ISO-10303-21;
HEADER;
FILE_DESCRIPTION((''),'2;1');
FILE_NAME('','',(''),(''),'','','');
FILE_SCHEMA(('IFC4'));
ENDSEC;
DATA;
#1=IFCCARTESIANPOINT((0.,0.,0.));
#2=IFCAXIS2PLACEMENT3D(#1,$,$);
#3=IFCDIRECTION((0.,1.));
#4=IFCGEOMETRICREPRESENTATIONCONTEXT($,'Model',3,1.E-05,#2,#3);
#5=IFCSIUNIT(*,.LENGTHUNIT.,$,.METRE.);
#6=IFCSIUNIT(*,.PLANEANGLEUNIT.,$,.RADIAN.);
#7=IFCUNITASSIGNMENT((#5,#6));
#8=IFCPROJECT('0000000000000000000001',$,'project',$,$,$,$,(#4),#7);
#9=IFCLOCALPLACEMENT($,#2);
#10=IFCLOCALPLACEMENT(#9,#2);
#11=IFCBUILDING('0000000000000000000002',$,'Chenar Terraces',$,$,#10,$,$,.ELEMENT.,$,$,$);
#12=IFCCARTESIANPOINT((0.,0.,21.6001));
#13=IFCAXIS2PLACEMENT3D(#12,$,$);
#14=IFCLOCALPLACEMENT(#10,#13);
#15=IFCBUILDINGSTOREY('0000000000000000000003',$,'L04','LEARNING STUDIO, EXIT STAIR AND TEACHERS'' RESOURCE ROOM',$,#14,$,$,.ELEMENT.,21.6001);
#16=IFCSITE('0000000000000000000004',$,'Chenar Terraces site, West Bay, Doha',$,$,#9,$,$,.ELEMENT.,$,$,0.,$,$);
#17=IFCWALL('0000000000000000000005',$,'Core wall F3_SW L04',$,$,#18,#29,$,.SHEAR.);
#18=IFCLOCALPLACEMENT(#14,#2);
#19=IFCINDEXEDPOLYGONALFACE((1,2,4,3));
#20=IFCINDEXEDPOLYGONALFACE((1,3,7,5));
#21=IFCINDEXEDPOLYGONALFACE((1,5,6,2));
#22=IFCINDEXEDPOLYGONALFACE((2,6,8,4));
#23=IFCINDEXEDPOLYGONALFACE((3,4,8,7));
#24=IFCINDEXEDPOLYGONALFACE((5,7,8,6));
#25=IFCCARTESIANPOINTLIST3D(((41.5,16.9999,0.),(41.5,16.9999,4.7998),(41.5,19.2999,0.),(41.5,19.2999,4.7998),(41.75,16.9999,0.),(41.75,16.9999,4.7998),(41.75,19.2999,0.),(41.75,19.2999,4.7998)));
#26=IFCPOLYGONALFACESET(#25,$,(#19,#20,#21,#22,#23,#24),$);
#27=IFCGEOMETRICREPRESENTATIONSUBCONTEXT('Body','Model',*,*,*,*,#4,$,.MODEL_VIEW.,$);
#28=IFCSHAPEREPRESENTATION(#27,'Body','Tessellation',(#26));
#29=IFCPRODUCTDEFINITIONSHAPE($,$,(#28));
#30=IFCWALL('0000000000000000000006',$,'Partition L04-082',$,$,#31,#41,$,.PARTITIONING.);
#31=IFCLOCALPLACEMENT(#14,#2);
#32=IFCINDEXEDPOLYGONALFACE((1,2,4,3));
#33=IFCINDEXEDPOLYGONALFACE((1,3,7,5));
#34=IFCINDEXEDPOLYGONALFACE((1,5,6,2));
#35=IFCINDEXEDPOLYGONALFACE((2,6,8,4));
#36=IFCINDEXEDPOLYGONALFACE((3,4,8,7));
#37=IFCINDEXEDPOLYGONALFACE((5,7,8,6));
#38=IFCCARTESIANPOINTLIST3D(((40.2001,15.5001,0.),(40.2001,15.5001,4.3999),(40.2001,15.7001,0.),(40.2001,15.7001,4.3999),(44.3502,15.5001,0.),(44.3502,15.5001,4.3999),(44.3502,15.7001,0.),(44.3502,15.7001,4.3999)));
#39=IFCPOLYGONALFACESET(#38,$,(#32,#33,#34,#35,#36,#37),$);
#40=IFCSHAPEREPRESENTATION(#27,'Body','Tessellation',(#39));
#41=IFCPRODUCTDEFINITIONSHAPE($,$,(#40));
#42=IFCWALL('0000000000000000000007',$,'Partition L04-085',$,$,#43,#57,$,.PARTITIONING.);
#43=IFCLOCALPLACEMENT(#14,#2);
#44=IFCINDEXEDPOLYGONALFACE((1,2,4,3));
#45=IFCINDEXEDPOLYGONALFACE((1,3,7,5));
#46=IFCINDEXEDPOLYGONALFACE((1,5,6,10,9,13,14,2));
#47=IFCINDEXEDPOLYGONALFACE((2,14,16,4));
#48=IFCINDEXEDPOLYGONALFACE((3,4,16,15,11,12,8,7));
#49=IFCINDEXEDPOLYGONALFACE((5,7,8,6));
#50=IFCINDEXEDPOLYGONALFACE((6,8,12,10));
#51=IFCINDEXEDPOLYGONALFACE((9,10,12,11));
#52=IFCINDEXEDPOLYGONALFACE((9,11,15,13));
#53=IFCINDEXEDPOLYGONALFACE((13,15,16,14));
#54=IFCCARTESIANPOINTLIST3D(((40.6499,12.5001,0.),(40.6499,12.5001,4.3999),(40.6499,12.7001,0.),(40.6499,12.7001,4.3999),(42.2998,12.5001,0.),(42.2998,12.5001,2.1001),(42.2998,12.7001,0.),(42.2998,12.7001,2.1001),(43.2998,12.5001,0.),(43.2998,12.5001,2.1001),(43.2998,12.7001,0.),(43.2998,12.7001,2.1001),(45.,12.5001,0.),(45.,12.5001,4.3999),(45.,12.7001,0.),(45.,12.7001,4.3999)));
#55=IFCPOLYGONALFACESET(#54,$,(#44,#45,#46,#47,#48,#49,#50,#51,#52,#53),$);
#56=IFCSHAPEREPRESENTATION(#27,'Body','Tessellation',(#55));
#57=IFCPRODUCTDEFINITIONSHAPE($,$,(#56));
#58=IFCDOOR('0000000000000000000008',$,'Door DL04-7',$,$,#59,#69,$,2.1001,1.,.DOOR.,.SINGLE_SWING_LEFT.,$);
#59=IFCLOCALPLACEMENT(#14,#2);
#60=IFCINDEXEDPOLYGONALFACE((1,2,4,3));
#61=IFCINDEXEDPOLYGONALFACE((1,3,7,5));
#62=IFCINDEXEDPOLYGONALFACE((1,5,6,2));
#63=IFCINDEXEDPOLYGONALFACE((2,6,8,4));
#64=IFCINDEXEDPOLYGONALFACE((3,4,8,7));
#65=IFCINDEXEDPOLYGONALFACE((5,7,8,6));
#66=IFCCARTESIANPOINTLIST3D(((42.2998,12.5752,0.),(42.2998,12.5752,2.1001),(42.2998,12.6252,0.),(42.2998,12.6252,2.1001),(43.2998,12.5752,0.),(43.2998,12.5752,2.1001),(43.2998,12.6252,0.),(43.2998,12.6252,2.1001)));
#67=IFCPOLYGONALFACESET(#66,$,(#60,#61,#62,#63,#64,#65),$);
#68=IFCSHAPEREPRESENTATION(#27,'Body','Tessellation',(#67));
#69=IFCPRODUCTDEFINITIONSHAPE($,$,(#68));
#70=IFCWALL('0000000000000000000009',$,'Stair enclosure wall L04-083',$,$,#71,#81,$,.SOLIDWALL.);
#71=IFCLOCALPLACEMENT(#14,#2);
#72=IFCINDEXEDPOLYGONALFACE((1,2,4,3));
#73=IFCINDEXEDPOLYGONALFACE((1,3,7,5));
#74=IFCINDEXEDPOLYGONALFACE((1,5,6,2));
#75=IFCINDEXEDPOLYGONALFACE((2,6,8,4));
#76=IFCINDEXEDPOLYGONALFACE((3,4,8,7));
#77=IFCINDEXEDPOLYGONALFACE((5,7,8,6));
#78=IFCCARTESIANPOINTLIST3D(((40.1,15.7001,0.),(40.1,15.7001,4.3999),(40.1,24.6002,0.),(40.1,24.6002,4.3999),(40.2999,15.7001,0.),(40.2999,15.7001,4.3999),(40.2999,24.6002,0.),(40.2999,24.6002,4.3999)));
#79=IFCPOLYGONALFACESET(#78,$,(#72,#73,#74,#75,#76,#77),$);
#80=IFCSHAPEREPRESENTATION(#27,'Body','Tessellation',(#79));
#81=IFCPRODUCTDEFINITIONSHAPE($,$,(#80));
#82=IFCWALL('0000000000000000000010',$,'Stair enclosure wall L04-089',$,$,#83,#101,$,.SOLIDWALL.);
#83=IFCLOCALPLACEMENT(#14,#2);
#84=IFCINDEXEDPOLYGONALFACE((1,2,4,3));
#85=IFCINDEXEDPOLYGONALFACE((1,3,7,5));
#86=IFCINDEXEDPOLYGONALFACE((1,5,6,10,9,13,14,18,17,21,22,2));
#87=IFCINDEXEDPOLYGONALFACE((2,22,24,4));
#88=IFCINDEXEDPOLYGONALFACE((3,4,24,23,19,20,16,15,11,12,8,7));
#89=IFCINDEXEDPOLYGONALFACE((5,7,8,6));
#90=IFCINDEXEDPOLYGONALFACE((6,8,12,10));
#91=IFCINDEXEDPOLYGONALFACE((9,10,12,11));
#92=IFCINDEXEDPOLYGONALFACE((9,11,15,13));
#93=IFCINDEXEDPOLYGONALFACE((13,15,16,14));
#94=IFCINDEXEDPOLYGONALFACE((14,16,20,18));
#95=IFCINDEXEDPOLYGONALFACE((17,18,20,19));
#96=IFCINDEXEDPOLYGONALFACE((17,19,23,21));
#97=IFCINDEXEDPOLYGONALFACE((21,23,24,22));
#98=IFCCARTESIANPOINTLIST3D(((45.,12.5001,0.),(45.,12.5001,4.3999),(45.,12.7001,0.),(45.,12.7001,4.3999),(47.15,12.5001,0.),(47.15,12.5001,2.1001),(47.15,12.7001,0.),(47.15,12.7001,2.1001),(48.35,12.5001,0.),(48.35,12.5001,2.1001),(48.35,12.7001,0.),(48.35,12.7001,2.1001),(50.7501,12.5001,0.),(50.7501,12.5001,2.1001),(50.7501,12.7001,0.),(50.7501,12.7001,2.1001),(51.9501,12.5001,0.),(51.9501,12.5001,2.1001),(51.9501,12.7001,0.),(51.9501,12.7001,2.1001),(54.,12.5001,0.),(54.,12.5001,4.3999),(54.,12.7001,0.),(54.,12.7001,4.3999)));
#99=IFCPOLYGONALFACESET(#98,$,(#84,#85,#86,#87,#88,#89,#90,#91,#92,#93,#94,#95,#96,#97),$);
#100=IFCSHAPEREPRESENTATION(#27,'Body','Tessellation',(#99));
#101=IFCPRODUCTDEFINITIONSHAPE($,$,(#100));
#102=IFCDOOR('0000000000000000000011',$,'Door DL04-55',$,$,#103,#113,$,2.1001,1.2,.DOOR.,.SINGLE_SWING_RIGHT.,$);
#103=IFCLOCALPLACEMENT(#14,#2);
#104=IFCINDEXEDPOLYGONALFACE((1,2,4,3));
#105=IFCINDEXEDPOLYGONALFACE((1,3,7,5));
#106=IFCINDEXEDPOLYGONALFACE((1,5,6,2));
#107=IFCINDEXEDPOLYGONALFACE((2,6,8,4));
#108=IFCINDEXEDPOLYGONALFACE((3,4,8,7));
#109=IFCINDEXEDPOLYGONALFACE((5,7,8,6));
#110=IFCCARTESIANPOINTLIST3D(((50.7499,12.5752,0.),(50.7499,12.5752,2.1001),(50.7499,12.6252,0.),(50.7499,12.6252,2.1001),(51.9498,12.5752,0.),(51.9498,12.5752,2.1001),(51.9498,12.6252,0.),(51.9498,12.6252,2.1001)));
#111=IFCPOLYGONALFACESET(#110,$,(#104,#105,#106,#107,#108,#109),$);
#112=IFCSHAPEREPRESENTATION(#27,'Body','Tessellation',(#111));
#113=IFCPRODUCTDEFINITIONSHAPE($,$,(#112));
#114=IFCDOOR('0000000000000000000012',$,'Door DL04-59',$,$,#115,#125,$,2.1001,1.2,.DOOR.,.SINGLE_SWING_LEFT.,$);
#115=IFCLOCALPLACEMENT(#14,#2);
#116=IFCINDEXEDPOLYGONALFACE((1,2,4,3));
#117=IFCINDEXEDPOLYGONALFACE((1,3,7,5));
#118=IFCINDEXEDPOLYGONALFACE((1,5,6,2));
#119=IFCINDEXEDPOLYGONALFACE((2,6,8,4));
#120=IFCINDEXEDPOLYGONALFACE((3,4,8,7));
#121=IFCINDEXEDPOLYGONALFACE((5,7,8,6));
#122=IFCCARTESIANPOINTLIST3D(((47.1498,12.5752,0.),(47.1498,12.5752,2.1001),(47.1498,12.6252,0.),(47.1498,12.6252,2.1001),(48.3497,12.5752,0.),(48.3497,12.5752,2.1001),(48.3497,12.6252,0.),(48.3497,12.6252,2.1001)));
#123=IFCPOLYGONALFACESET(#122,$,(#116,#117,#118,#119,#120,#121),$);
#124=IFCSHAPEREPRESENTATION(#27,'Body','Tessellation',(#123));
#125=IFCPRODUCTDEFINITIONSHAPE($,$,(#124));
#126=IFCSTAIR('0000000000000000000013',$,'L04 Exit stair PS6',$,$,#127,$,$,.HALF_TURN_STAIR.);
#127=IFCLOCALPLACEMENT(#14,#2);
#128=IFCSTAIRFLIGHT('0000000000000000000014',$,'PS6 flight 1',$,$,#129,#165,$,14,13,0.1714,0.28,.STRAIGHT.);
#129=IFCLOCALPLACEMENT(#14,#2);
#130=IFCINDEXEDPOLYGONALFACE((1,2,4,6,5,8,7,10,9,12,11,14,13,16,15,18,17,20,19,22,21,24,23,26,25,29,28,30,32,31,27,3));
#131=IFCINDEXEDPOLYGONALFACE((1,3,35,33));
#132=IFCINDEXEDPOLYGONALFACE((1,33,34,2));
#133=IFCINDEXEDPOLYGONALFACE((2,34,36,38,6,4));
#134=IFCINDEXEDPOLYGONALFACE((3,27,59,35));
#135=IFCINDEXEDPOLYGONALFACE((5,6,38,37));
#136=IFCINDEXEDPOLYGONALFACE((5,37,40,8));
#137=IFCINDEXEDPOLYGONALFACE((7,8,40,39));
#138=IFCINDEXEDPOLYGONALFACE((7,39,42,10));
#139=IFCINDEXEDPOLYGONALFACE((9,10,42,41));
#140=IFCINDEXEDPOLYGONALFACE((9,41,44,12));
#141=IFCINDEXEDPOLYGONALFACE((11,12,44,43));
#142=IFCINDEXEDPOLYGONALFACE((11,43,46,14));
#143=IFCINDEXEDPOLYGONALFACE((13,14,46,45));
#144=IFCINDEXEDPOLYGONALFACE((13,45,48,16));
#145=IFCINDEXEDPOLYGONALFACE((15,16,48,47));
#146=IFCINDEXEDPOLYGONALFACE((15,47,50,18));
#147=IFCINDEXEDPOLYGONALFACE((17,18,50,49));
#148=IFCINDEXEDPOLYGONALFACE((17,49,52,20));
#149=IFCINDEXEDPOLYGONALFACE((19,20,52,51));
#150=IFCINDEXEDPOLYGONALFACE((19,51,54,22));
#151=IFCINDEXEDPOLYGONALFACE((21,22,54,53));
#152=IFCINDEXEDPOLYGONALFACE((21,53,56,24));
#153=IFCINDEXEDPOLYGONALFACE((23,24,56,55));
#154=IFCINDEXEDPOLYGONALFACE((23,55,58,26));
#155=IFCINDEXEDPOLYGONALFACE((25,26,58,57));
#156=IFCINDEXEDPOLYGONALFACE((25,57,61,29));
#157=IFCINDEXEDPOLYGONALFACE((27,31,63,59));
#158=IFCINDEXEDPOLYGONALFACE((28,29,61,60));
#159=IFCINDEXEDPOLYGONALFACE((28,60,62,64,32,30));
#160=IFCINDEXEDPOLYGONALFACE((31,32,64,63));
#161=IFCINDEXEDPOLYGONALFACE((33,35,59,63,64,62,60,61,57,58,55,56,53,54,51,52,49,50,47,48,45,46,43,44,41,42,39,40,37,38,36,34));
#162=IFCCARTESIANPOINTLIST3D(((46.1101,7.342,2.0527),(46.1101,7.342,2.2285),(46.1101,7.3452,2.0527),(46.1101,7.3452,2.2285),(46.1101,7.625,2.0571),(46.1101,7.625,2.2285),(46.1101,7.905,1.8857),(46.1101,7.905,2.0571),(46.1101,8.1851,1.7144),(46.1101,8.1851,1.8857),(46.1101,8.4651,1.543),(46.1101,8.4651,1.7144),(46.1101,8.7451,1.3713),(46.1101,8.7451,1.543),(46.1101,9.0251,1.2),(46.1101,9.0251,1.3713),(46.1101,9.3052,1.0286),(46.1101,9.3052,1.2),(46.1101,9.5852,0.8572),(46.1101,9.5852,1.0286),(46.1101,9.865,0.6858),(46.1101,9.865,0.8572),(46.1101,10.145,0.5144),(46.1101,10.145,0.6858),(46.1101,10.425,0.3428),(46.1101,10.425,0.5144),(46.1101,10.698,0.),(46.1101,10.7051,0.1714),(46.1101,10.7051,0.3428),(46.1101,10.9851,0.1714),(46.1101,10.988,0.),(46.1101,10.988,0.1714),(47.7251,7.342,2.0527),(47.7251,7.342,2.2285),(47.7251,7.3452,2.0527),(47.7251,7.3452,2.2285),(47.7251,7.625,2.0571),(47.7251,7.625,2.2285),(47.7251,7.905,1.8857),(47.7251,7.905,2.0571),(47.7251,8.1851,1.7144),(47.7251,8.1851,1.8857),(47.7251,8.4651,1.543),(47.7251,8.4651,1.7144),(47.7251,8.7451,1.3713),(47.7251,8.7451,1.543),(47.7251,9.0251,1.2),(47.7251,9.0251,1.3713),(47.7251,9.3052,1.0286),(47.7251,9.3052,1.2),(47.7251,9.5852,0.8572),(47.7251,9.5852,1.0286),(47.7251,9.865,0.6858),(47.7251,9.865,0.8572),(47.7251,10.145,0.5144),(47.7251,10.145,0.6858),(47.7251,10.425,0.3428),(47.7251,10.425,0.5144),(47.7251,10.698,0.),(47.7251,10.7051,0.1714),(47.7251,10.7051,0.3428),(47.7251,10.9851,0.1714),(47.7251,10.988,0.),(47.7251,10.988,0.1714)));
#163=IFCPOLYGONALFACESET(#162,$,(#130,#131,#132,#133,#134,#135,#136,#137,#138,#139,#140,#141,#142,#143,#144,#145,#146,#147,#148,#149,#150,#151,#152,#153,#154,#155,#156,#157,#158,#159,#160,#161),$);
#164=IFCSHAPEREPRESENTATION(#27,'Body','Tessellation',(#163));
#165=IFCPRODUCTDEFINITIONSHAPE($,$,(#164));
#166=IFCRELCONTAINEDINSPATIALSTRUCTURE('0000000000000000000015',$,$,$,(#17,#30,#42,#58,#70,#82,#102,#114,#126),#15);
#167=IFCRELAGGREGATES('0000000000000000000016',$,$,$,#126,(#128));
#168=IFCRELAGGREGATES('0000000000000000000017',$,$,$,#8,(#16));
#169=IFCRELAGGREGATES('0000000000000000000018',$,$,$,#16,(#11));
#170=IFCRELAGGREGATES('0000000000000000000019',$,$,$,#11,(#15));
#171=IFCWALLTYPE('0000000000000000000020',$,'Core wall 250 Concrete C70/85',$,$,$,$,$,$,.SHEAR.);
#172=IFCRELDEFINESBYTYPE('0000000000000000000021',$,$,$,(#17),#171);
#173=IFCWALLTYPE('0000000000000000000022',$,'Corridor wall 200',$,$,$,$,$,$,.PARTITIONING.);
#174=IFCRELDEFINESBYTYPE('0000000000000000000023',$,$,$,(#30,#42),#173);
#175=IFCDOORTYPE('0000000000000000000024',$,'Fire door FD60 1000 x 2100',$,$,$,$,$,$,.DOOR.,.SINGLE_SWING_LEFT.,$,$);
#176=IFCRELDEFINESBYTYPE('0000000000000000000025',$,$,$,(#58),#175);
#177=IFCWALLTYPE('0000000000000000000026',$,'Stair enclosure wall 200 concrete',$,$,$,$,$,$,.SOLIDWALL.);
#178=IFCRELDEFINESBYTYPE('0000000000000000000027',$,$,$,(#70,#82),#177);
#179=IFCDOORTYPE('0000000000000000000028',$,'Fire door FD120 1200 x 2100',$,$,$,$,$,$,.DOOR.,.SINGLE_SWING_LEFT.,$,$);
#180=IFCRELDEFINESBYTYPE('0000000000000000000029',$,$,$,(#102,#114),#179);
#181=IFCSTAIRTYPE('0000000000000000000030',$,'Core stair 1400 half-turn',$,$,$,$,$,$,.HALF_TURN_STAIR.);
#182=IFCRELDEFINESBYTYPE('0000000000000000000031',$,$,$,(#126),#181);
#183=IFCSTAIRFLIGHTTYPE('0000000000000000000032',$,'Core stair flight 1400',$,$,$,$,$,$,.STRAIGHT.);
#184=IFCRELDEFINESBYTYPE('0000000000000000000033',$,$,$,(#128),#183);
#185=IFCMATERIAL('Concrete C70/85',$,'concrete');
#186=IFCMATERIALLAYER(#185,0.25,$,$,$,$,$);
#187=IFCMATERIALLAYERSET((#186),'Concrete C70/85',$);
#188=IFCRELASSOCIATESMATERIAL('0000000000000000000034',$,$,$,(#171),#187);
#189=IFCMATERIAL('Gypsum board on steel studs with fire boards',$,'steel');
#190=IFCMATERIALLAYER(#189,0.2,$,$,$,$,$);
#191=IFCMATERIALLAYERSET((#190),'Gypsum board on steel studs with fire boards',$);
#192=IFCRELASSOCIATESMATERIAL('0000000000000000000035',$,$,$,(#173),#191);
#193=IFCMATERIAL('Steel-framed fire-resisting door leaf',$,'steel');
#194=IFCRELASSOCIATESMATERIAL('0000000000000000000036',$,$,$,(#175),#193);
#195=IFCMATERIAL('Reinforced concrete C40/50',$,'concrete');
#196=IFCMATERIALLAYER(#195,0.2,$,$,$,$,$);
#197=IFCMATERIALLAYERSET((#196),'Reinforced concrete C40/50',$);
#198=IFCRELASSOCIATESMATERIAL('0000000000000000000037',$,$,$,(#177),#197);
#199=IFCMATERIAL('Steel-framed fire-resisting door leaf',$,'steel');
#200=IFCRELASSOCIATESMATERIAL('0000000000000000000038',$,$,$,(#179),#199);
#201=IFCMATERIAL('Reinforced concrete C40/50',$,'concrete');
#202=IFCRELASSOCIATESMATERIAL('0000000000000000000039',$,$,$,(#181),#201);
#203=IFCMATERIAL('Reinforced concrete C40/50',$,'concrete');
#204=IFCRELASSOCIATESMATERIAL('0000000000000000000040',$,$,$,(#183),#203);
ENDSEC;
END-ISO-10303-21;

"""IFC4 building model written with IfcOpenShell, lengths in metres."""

from ifc_helpers import new_model, si_unit, direction, frame, frame_2d, origin, place, context, subcontext, project, spatial, polyline, rectangle, outline, extrude, material, layer, layer_set, type_object, element, fill, aggregate, save


model = new_model("IFC4")

# Units and contexts
model_context = context("Model", 3, precision=1e-05, world=origin(), true_north=direction((0.0, 1.0)))
body_context = subcontext(model_context, "Body", "Model", "MODEL_VIEW")
ifc_project = project(units=[si_unit("LENGTHUNIT", "METRE"), si_unit("PLANEANGLEUNIT", "RADIAN")], contexts=[model_context])

# Site, building, storey
site_placement = place(None, origin())
site = spatial("IfcSite", under=ifc_project, at=site_placement, Name="Chenar Terraces site, West Bay, Doha", CompositionType="ELEMENT", RefElevation=0.0)
building_placement = place(site_placement, origin())
building = spatial("IfcBuilding", under=site, at=building_placement, Name="Chenar Terraces", CompositionType="ELEMENT")
storey_placement = place(building_placement, frame((0.0, 0.0, 21.6001)))
storey = spatial("IfcBuildingStorey", under=building, at=storey_placement, Name="L04", Description="LEARNING STUDIO, EXIT STAIR AND TEACHERS' RESOURCE ROOM", CompositionType="ELEMENT", Elevation=21.6001)

# Shared definitions
ifc_material_1 = material(Name="Concrete C70/85", Category="concrete")
ifc_layer_1 = layer(ifc_material_1, 0.25)
ifc_layer_set_1 = layer_set([ifc_layer_1], Name="Concrete C70/85")
wall_type_1 = type_object("IfcWallType", Name="Core wall 250 Concrete C70/85", PredefinedType="SHEAR", material=ifc_layer_set_1)

# Walls
wall_1_placement = place(storey_placement, frame((41.625, 17.0, 0.0), z_axis=(0.0, 0.0, 1.0), x_axis=(0.0, 1.0, 0.0)))
element("IfcWall", 1, at=wall_1_placement, inside=storey, type_object=wall_type_1, Name="Core wall F3_SW L04", PredefinedType="SHEAR", context=body_context, shape_type="SweptSolid", body=[
    extrude(rectangle(XDim=2.3, YDim=0.25, at=frame_2d((1.1499, 0.0))), origin(), (0.0, 0.0, 1.0), 4.7998),
])
ifc_material_2 = material(Name="Gypsum board on steel studs with fire boards", Category="steel")
ifc_layer_2 = layer(ifc_material_2, 0.2)
ifc_layer_set_2 = layer_set([ifc_layer_2], Name="Gypsum board on steel studs with fire boards")
wall_type_2 = type_object("IfcWallType", Name="Corridor wall 200", PredefinedType="PARTITIONING", material=ifc_layer_set_2)
wall_2_placement = place(storey_placement, frame((40.2, 15.6001, 0.0), z_axis=(0.0, 0.0, 1.0), x_axis=(1.0, 0.0, 0.0)))
element("IfcWall", 2, at=wall_2_placement, inside=storey, type_object=wall_type_2, Name="Partition L04-082", PredefinedType="PARTITIONING", context=body_context, shape_type="SweptSolid", body=[
    extrude(rectangle(XDim=4.1501, YDim=0.2, at=frame_2d((2.0752, 0.0))), origin(), (0.0, 0.0, 1.0), 4.3999),
])

# Wall, opening, door
wall_3_placement = place(storey_placement, frame((40.6499, 12.6001, 0.0), z_axis=(0.0, 0.0, 1.0), x_axis=(1.0, 0.0, 0.0)))
wall_3 = element("IfcWall", 3, at=wall_3_placement, inside=storey, type_object=wall_type_2, Name="Partition L04-085", PredefinedType="PARTITIONING", context=body_context, shape_type="SweptSolid", body=[
    extrude(rectangle(XDim=4.3501, YDim=0.2, at=frame_2d((2.175, 0.0))), origin(), (0.0, 0.0, 1.0), 4.3999),
])
opening_1_placement = place(wall_3_placement, frame((1.6499, 0.0, 0.0)))
opening_1 = element("IfcOpeningElement", 4, at=opening_1_placement, cuts=wall_3, PredefinedType="OPENING", context=body_context, shape_type="SweptSolid", body=[
    extrude(rectangle(XDim=1.0, YDim=2.1001, at=frame_2d((0.5, 1.05))), frame((0.0, 0.1099, 0.0), z_axis=(0.0, -1.0, 0.0), x_axis=(1.0, 0.0, 0.0)), (0.0, 0.0, 1.0), 0.22),
])
ifc_material_3 = material(Name="Steel-framed fire-resisting door leaf", Category="steel")
door_type_1 = type_object("IfcDoorType", Name="Fire door FD60 1000 x 2100", OperationType="SINGLE_SWING_LEFT", PredefinedType="DOOR", material=ifc_material_3)
door_1_placement = place(opening_1_placement, frame((1.0, 0.0, 0.0), z_axis=(0.0, 0.0, 1.0), x_axis=(-1.0, 0.0, 0.0)))
door_1 = element("IfcDoor", 5, at=door_1_placement, inside=storey, type_object=door_type_1, Name="Door DL04-7", OperationType="SINGLE_SWING_LEFT", OverallHeight=2.1001, OverallWidth=1.0, PredefinedType="DOOR", context=body_context, shape_type="SweptSolid", body=[
    extrude(rectangle(XDim=1.0, YDim=2.1001, at=frame_2d((0.5, 1.05))), frame((0.0, 0.0249, 0.0), z_axis=(0.0, -1.0, 0.0), x_axis=(1.0, 0.0, 0.0)), (0.0, 0.0, 1.0), 0.05),
])
fill(opening_1, door_1)

# Wall
ifc_material_4 = material(Name="Reinforced concrete C40/50", Category="concrete")
ifc_layer_3 = layer(ifc_material_4, 0.2)
ifc_layer_set_3 = layer_set([ifc_layer_3], Name="Reinforced concrete C40/50")
wall_type_3 = type_object("IfcWallType", Name="Stair enclosure wall 200 concrete", PredefinedType="SOLIDWALL", material=ifc_layer_set_3)
wall_4_placement = place(storey_placement, frame((40.2, 15.7, 0.0), z_axis=(0.0, 0.0, 1.0), x_axis=(0.0, 1.0, 0.0)))
element("IfcWall", 6, at=wall_4_placement, inside=storey, type_object=wall_type_3, Name="Stair enclosure wall L04-083", PredefinedType="SOLIDWALL", context=body_context, shape_type="SweptSolid", body=[
    extrude(rectangle(XDim=8.9001, YDim=0.2, at=frame_2d((4.4502, 0.0))), origin(), (0.0, 0.0, 1.0), 4.3999),
])

# Wall, openings, doors
wall_5_placement = place(storey_placement, frame((45.0, 12.6001, 0.0), z_axis=(0.0, 0.0, 1.0), x_axis=(1.0, 0.0, 0.0)))
wall_5 = element("IfcWall", 7, at=wall_5_placement, inside=storey, type_object=wall_type_3, Name="Stair enclosure wall L04-089", PredefinedType="SOLIDWALL", context=body_context, shape_type="SweptSolid", body=[
    extrude(rectangle(XDim=9.0, YDim=0.2, at=frame_2d((4.5, 0.0))), origin(), (0.0, 0.0, 1.0), 4.3999),
])
opening_2_placement = place(wall_5_placement, frame((5.75, 0.0, 0.0)))
opening_2 = element("IfcOpeningElement", 8, at=opening_2_placement, cuts=wall_5, PredefinedType="OPENING", context=body_context, shape_type="SweptSolid", body=[
    extrude(rectangle(XDim=1.2, YDim=2.1001, at=frame_2d((0.6001, 1.05))), frame((0.0, 0.1099, 0.0), z_axis=(0.0, -1.0, 0.0), x_axis=(1.0, 0.0, 0.0)), (0.0, 0.0, 1.0), 0.22),
])
opening_3_placement = place(wall_5_placement, frame((2.1499, 0.0, 0.0)))
opening_3 = element("IfcOpeningElement", 9, at=opening_3_placement, cuts=wall_5, PredefinedType="OPENING", context=body_context, shape_type="SweptSolid", body=[
    extrude(rectangle(XDim=1.2, YDim=2.1001, at=frame_2d((0.6001, 1.05))), frame((0.0, 0.1099, 0.0), z_axis=(0.0, -1.0, 0.0), x_axis=(1.0, 0.0, 0.0)), (0.0, 0.0, 1.0), 0.22),
])
ifc_material_5 = material(Name="Steel-framed fire-resisting door leaf", Category="steel")
door_type_2 = type_object("IfcDoorType", Name="Fire door FD120 1200 x 2100", OperationType="SINGLE_SWING_LEFT", PredefinedType="DOOR", material=ifc_material_5)
door_2_placement = place(opening_2_placement, frame((1.2, 0.0, 0.0), z_axis=(0.0, 0.0, 1.0), x_axis=(-1.0, 0.0, 0.0)))
door_2 = element("IfcDoor", 10, at=door_2_placement, inside=storey, type_object=door_type_2, Name="Door DL04-55", OperationType="SINGLE_SWING_RIGHT", OverallHeight=2.1001, OverallWidth=1.2, PredefinedType="DOOR", context=body_context, shape_type="SweptSolid", body=[
    extrude(rectangle(XDim=1.2, YDim=2.1001, at=frame_2d((0.6001, 1.05))), frame((0.0, 0.0249, 0.0), z_axis=(0.0, -1.0, 0.0), x_axis=(1.0, 0.0, 0.0)), (0.0, 0.0, 1.0), 0.05),
])
fill(opening_2, door_2)
door_3_placement = place(opening_3_placement, frame((1.2, 0.0, 0.0), z_axis=(0.0, 0.0, 1.0), x_axis=(-1.0, 0.0, 0.0)))
door_3 = element("IfcDoor", 11, at=door_3_placement, inside=storey, type_object=door_type_2, Name="Door DL04-59", OperationType="SINGLE_SWING_LEFT", OverallHeight=2.1001, OverallWidth=1.2, PredefinedType="DOOR", context=body_context, shape_type="SweptSolid", body=[
    extrude(rectangle(XDim=1.2, YDim=2.1001, at=frame_2d((0.6001, 1.05))), frame((0.0, 0.0249, 0.0), z_axis=(0.0, -1.0, 0.0), x_axis=(1.0, 0.0, 0.0)), (0.0, 0.0, 1.0), 0.05),
])
fill(opening_3, door_3)

# Stair, stair flight
ifc_material_6 = material(Name="Reinforced concrete C40/50", Category="concrete")
stair_type = type_object("IfcStairType", Name="Core stair 1400 half-turn", PredefinedType="HALF_TURN_STAIR", material=ifc_material_6)
stair_placement = place(storey_placement, origin())
stair = element("IfcStair", 12, at=stair_placement, inside=storey, type_object=stair_type, Name="L04 Exit stair PS6", PredefinedType="HALF_TURN_STAIR")
ifc_material_7 = material(Name="Reinforced concrete C40/50", Category="concrete")
stair_flight_type = type_object("IfcStairFlightType", Name="Core stair flight 1400", PredefinedType="STRAIGHT", material=ifc_material_7)
stair_flight_1_placement = place(storey_placement, frame((46.9175, 10.9851, 0.0), z_axis=(0.0, 0.0, 1.0), x_axis=(0.0, -1.0, 0.0)))
stair_flight_1 = element("IfcStairFlight", 13, at=stair_flight_1_placement, type_object=stair_flight_type, Name="PS6 flight 1", NumberOfRisers=14, NumberOfTreads=13, PredefinedType="STRAIGHT", RiserHeight=0.1714, TreadLength=0.28, context=body_context, shape_type="SweptSolid", body=[
    extrude(outline(polyline([(-0.0029, 0.0), (-0.0029, 0.1714), (0.0, 0.1714), (0.28, 0.1714), (0.28, 0.3428), (0.5601, 0.3428), (0.5601, 0.5144), (0.8401, 0.5144), (0.8401, 0.6858), (1.1201, 0.6858), (1.1201, 0.8572), (1.3999, 0.8572), (1.3999, 1.0286), (1.6799, 1.0286), (1.6799, 1.2), (1.96, 1.2), (1.96, 1.3713), (2.24, 1.3713), (2.24, 1.543), (2.52, 1.543), (2.52, 1.7144), (2.8, 1.7144), (2.8, 1.8857), (3.0801, 1.8857), (3.0801, 2.0571), (3.3601, 2.0571), (3.3601, 2.2285), (3.6399, 2.2285), (3.6431, 2.2285), (3.6431, 2.0527), (3.6399, 2.0527), (0.2871, 0.0), (-0.0029, 0.0)])), frame((0.0, 0.8076, 0.0), z_axis=(0.0, -1.0, 0.0), x_axis=(1.0, 0.0, 0.0)), (0.0, 0.0, 1.0), 1.615),
])
aggregate(stair, [stair_flight_1])

save(model, "model.ifc")
